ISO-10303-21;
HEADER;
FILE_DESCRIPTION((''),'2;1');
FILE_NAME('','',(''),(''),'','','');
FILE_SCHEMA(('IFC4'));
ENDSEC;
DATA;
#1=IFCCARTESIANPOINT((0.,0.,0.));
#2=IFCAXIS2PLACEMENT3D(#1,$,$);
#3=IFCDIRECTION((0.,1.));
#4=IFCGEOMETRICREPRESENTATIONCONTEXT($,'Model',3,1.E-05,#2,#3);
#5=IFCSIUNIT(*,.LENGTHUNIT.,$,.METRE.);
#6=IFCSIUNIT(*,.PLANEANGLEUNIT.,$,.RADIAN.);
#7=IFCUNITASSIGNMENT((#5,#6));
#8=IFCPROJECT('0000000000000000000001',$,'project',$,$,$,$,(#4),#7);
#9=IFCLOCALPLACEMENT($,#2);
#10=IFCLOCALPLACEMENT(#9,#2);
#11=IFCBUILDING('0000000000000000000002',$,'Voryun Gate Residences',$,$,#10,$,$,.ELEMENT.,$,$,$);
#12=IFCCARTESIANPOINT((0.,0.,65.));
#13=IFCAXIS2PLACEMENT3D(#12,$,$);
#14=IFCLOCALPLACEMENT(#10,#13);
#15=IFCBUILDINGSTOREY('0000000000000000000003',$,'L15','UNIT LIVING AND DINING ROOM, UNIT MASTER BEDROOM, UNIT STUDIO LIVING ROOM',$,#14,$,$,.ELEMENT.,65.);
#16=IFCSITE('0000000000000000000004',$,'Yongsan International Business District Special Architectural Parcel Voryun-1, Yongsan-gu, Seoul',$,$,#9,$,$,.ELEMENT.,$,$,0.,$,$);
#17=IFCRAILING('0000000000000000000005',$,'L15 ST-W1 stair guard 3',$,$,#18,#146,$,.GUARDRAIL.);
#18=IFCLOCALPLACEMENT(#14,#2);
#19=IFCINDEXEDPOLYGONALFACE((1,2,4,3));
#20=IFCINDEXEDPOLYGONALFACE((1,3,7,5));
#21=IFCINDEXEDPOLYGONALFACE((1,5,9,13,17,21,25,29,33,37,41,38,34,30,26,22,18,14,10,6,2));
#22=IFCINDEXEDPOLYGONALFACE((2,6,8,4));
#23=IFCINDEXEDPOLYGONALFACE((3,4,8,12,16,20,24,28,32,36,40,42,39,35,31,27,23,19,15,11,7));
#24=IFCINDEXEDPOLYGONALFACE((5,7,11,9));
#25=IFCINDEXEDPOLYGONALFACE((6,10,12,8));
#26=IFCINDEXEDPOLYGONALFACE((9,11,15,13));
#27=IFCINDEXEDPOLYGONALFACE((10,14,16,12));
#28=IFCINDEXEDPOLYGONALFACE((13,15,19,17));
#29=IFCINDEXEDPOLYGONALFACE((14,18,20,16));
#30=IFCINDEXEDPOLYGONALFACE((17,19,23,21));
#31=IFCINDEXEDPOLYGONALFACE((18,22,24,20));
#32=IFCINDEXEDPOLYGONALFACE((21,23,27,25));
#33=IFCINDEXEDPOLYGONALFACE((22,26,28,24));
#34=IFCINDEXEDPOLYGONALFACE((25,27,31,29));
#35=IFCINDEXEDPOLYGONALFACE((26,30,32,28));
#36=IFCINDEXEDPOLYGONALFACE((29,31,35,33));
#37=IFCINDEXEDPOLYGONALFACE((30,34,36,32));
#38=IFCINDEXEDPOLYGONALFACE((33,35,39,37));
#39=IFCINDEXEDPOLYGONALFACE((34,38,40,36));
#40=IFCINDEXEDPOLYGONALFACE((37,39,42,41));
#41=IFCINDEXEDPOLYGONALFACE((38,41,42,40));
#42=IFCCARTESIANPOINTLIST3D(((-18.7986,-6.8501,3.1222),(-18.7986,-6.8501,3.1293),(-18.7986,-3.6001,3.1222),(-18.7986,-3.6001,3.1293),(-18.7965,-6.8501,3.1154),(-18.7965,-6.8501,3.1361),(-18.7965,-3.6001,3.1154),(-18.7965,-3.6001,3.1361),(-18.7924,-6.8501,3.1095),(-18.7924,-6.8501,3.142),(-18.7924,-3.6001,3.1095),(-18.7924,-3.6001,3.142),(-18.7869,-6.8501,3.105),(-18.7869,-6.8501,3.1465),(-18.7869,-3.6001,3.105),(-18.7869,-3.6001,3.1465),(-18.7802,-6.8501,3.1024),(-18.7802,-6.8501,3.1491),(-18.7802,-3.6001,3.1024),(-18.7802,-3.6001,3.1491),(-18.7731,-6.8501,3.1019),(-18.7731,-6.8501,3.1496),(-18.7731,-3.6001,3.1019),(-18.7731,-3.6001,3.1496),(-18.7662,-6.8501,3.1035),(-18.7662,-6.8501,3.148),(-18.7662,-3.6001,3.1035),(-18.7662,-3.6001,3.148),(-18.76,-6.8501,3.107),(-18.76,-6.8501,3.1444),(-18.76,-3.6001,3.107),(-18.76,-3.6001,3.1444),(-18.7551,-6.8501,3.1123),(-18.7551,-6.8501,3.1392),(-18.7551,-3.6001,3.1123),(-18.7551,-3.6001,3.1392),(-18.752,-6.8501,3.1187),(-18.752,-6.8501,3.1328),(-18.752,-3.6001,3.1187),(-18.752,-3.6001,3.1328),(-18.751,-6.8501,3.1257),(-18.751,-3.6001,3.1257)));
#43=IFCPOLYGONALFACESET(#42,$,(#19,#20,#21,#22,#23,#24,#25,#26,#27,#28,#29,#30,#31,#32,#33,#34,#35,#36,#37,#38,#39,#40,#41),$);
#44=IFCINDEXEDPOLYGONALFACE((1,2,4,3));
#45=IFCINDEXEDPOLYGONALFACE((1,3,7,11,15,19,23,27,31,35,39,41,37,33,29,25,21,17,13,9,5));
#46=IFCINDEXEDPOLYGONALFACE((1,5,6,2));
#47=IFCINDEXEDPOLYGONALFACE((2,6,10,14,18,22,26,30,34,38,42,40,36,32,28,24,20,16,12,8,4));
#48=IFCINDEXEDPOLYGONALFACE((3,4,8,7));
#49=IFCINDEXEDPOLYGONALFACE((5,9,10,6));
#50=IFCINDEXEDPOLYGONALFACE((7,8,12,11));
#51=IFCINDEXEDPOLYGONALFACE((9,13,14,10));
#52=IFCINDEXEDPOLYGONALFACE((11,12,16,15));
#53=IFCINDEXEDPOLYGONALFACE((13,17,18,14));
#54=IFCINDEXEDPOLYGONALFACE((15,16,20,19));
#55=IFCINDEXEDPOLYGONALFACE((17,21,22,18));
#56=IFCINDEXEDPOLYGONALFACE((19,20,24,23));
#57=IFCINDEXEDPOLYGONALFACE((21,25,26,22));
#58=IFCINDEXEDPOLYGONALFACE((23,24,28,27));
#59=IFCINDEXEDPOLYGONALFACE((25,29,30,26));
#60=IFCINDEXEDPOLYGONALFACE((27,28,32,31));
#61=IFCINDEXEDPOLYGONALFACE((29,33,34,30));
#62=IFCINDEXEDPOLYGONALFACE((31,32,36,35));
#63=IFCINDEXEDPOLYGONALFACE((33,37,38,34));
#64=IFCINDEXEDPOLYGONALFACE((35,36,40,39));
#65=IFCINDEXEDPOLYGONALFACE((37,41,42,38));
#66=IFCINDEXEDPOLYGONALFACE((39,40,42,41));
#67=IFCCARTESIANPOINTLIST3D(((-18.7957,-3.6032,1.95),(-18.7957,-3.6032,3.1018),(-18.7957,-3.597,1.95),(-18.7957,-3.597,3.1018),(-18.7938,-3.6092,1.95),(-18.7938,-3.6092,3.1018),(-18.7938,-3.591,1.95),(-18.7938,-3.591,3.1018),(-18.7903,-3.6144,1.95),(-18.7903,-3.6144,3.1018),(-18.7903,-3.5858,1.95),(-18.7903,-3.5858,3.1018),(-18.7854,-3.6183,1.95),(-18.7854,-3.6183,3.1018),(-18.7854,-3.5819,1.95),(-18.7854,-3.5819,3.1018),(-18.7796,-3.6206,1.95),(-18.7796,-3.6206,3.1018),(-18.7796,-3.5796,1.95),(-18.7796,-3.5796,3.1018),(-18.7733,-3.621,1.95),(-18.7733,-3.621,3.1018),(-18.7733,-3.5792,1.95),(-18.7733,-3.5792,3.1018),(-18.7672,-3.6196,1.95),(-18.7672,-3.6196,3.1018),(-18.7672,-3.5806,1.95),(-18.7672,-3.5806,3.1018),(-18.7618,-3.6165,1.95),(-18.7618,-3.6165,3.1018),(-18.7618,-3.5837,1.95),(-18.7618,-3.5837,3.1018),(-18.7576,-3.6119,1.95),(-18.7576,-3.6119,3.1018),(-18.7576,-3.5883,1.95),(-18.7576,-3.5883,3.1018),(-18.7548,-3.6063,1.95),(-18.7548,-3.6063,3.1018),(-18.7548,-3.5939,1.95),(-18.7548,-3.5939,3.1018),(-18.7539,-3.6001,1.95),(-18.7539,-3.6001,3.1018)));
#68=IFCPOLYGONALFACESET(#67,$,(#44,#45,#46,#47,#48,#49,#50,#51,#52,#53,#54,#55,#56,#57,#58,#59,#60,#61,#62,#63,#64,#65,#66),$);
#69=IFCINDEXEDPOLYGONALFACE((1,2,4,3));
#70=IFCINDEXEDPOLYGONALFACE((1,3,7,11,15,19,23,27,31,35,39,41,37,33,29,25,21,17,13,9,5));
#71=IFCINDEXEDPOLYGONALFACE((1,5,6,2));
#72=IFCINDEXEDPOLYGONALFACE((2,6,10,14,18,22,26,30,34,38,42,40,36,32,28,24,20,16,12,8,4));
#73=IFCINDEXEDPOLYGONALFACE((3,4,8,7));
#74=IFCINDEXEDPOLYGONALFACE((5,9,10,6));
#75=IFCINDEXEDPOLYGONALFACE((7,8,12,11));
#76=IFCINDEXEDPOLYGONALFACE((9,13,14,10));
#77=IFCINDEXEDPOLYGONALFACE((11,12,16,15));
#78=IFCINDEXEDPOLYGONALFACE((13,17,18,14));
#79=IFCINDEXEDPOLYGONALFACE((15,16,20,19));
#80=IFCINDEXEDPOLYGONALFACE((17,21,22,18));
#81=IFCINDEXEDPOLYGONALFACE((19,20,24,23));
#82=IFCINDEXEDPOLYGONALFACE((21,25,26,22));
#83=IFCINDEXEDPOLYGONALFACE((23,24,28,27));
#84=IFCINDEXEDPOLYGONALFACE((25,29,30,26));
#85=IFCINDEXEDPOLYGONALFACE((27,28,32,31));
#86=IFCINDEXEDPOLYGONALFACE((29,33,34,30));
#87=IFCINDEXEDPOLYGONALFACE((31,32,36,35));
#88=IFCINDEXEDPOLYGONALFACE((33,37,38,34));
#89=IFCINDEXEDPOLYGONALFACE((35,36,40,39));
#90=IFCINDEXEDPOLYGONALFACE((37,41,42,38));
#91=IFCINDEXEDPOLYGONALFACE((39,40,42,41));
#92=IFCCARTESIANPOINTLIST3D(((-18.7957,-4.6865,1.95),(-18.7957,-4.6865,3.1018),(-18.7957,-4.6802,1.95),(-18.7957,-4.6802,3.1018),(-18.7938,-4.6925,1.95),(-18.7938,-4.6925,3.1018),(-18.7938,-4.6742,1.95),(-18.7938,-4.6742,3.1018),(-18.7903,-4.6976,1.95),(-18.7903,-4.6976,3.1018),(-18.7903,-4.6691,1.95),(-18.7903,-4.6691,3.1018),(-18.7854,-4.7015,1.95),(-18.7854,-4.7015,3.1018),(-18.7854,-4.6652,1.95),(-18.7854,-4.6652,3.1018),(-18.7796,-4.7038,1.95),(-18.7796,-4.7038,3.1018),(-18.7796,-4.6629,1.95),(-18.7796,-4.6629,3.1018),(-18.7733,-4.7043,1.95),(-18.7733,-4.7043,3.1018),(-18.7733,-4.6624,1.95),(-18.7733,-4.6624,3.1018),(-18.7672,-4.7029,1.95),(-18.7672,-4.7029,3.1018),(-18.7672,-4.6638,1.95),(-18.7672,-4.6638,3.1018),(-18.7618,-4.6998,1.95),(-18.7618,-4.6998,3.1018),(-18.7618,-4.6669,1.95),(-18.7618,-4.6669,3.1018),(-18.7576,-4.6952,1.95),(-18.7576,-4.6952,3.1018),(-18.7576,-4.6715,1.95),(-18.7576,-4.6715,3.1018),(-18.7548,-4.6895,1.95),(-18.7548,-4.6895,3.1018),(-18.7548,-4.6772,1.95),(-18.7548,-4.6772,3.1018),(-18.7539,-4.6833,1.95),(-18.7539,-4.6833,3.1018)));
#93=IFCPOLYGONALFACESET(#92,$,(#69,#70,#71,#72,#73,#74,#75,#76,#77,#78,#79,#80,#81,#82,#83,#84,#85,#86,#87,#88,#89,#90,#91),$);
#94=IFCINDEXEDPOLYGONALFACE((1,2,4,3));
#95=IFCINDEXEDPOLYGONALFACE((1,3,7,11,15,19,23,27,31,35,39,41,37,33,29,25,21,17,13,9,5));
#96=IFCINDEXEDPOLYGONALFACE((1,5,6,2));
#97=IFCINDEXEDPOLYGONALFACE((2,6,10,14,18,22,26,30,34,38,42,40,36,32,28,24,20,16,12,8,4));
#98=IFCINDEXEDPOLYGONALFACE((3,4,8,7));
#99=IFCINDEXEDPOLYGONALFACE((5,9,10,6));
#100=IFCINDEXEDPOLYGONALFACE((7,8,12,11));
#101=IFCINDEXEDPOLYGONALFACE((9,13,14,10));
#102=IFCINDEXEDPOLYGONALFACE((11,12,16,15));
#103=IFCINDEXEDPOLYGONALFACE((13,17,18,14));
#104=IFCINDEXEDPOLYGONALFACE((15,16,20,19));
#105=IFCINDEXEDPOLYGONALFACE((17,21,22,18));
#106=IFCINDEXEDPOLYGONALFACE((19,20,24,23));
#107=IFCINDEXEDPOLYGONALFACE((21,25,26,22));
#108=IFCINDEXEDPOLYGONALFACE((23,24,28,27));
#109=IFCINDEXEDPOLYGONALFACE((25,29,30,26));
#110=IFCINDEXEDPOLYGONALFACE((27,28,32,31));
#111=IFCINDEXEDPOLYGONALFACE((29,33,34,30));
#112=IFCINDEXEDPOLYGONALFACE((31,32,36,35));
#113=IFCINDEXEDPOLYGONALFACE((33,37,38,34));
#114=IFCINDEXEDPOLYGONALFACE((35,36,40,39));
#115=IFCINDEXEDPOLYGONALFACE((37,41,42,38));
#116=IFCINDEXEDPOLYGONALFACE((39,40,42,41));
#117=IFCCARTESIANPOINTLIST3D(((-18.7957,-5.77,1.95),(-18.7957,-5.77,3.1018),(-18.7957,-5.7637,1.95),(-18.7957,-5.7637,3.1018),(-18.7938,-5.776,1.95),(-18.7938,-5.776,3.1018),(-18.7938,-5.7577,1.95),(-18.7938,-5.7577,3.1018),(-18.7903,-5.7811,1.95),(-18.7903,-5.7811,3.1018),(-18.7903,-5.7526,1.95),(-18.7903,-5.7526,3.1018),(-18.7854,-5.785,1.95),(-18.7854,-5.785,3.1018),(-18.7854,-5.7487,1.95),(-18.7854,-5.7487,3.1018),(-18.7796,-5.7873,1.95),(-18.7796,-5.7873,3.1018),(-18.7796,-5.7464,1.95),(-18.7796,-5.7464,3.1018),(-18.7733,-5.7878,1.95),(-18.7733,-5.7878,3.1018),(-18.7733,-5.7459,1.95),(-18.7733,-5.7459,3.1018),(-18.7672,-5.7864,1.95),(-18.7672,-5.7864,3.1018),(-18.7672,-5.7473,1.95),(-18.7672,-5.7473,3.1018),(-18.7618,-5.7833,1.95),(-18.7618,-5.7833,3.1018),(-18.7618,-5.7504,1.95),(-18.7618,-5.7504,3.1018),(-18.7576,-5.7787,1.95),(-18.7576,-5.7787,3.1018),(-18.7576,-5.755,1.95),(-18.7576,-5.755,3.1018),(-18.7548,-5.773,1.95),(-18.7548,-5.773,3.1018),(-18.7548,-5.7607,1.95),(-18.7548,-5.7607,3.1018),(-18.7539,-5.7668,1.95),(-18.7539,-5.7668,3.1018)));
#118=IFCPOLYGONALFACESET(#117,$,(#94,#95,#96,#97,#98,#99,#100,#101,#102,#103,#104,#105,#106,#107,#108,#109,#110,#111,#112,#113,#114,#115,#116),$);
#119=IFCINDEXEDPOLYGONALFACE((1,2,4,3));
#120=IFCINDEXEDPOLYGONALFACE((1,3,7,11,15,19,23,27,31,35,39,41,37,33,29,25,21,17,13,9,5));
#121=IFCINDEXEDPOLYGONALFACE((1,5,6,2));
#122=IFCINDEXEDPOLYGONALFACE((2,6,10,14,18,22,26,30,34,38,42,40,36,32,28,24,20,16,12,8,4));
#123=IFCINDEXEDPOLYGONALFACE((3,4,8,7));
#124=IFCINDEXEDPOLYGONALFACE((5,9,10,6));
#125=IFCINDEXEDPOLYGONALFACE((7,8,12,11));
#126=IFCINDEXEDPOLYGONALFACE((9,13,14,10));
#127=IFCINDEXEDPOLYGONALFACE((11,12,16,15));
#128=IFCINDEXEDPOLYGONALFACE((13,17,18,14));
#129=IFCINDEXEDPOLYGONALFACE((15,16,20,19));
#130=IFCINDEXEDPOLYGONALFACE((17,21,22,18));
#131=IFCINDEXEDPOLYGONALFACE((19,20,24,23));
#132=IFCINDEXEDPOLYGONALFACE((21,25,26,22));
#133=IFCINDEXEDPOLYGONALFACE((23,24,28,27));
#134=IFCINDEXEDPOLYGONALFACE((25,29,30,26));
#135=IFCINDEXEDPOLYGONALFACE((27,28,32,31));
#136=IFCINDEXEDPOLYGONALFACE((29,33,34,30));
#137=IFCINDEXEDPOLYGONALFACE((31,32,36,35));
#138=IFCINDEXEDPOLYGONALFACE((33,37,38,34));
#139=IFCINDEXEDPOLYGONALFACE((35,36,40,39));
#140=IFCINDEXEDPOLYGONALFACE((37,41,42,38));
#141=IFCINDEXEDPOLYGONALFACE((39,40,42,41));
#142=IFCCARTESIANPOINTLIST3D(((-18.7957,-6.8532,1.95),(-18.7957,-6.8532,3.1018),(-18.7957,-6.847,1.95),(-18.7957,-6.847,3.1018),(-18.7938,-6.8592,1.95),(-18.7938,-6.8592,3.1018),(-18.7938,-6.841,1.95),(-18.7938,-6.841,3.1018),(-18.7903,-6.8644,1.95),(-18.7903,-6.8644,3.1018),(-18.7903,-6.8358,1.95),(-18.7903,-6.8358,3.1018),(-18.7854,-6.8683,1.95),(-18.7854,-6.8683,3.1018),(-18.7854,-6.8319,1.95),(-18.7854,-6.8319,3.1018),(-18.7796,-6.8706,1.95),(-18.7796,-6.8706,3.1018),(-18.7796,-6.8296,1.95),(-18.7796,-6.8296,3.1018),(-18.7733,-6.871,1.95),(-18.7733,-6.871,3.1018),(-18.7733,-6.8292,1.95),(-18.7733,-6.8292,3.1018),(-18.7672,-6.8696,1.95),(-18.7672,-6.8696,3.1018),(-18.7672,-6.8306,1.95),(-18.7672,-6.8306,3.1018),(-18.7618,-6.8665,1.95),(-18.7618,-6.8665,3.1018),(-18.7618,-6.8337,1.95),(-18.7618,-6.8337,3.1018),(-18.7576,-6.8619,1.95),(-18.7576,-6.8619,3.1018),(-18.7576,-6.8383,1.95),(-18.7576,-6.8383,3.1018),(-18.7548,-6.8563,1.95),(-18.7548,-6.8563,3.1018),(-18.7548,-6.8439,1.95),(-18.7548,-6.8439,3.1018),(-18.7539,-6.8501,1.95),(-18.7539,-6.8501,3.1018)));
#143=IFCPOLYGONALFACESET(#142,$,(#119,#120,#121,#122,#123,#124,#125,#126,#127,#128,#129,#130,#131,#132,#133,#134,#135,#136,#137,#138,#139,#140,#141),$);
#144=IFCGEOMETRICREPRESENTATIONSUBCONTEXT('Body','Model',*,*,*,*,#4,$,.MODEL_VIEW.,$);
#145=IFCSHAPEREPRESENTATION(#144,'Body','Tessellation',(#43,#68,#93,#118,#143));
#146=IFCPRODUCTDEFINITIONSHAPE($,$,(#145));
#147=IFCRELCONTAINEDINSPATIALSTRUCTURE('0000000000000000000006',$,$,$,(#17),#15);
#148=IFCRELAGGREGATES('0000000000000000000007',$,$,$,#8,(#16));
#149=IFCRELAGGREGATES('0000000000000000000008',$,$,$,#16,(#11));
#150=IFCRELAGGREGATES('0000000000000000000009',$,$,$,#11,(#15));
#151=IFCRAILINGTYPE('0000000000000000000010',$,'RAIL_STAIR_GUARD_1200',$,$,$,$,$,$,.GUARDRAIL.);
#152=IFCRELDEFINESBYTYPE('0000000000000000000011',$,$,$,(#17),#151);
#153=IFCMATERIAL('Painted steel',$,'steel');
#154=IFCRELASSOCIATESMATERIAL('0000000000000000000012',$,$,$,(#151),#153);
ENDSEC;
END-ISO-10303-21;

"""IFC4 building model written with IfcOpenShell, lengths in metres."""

from ifc_helpers import new_model, si_unit, direction, frame, origin, origin_2d, place, context, subcontext, project, spatial, circle, extrude, material, type_object, element, save


model = new_model("IFC4")

# Units and contexts
model_context = context("Model", 3, precision=1e-05, world=origin(), true_north=direction((0.0, 1.0)))
body_context = subcontext(model_context, "Body", "Model", "MODEL_VIEW")
ifc_project = project(units=[si_unit("LENGTHUNIT", "METRE"), si_unit("PLANEANGLEUNIT", "RADIAN")], contexts=[model_context])

# Site, building, storey
site_placement = place(None, origin())
site = spatial("IfcSite", under=ifc_project, at=site_placement, Name="Yongsan International Business District Special Architectural Parcel Voryun-1, Yongsan-gu, Seoul", CompositionType="ELEMENT", RefElevation=0.0)
building_placement = place(site_placement, origin())
building = spatial("IfcBuilding", under=site, at=building_placement, Name="Voryun Gate Residences", CompositionType="ELEMENT")
storey_placement = place(building_placement, frame((0.0, 0.0, 65.0)))
storey = spatial("IfcBuildingStorey", under=building, at=storey_placement, Name="L15", Description="UNIT LIVING AND DINING ROOM, UNIT MASTER BEDROOM, UNIT STUDIO LIVING ROOM", CompositionType="ELEMENT", Elevation=65.0)

# Railing
ifc_material_1 = material(Name="Painted steel", Category="steel")
railing_type_1 = type_object("IfcRailingType", Name="RAIL_STAIR_GUARD_1200", PredefinedType="GUARDRAIL", material=ifc_material_1)
for number, where, name in (
    (1, (-18.7749, -3.6001, 1.95), "L15 ST-W1 stair guard 3"),
):
    element("IfcRailing", number, at=place(storey_placement, frame(where)), inside=storey, type_object=railing_type_1, Name=name, PredefinedType="GUARDRAIL", context=body_context, shape_type="SweptSolid", body=[
        extrude(circle(Radius=0.0239, at=origin_2d()), frame((0.0, 0.0, 1.1758), z_axis=(0.0, -1.0, 0.0), x_axis=(1.0, 0.0, 0.0)), (0.0, 0.0, 1.0), 3.25),
        extrude(circle(Radius=0.021, at=origin_2d()), origin(), (0.0, 0.0, 1.0), 1.1519),
        extrude(circle(Radius=0.021, at=origin_2d()), frame((0.0, -1.0833, 0.0)), (0.0, 0.0, 1.0), 1.1519),
        extrude(circle(Radius=0.021, at=origin_2d()), frame((0.0, -2.1667, 0.0)), (0.0, 0.0, 1.0), 1.1519),
        extrude(circle(Radius=0.021, at=origin_2d()), frame((0.0, -3.25, 0.0)), (0.0, 0.0, 1.0), 1.1519),
    ])

save(model, "model.ifc")
